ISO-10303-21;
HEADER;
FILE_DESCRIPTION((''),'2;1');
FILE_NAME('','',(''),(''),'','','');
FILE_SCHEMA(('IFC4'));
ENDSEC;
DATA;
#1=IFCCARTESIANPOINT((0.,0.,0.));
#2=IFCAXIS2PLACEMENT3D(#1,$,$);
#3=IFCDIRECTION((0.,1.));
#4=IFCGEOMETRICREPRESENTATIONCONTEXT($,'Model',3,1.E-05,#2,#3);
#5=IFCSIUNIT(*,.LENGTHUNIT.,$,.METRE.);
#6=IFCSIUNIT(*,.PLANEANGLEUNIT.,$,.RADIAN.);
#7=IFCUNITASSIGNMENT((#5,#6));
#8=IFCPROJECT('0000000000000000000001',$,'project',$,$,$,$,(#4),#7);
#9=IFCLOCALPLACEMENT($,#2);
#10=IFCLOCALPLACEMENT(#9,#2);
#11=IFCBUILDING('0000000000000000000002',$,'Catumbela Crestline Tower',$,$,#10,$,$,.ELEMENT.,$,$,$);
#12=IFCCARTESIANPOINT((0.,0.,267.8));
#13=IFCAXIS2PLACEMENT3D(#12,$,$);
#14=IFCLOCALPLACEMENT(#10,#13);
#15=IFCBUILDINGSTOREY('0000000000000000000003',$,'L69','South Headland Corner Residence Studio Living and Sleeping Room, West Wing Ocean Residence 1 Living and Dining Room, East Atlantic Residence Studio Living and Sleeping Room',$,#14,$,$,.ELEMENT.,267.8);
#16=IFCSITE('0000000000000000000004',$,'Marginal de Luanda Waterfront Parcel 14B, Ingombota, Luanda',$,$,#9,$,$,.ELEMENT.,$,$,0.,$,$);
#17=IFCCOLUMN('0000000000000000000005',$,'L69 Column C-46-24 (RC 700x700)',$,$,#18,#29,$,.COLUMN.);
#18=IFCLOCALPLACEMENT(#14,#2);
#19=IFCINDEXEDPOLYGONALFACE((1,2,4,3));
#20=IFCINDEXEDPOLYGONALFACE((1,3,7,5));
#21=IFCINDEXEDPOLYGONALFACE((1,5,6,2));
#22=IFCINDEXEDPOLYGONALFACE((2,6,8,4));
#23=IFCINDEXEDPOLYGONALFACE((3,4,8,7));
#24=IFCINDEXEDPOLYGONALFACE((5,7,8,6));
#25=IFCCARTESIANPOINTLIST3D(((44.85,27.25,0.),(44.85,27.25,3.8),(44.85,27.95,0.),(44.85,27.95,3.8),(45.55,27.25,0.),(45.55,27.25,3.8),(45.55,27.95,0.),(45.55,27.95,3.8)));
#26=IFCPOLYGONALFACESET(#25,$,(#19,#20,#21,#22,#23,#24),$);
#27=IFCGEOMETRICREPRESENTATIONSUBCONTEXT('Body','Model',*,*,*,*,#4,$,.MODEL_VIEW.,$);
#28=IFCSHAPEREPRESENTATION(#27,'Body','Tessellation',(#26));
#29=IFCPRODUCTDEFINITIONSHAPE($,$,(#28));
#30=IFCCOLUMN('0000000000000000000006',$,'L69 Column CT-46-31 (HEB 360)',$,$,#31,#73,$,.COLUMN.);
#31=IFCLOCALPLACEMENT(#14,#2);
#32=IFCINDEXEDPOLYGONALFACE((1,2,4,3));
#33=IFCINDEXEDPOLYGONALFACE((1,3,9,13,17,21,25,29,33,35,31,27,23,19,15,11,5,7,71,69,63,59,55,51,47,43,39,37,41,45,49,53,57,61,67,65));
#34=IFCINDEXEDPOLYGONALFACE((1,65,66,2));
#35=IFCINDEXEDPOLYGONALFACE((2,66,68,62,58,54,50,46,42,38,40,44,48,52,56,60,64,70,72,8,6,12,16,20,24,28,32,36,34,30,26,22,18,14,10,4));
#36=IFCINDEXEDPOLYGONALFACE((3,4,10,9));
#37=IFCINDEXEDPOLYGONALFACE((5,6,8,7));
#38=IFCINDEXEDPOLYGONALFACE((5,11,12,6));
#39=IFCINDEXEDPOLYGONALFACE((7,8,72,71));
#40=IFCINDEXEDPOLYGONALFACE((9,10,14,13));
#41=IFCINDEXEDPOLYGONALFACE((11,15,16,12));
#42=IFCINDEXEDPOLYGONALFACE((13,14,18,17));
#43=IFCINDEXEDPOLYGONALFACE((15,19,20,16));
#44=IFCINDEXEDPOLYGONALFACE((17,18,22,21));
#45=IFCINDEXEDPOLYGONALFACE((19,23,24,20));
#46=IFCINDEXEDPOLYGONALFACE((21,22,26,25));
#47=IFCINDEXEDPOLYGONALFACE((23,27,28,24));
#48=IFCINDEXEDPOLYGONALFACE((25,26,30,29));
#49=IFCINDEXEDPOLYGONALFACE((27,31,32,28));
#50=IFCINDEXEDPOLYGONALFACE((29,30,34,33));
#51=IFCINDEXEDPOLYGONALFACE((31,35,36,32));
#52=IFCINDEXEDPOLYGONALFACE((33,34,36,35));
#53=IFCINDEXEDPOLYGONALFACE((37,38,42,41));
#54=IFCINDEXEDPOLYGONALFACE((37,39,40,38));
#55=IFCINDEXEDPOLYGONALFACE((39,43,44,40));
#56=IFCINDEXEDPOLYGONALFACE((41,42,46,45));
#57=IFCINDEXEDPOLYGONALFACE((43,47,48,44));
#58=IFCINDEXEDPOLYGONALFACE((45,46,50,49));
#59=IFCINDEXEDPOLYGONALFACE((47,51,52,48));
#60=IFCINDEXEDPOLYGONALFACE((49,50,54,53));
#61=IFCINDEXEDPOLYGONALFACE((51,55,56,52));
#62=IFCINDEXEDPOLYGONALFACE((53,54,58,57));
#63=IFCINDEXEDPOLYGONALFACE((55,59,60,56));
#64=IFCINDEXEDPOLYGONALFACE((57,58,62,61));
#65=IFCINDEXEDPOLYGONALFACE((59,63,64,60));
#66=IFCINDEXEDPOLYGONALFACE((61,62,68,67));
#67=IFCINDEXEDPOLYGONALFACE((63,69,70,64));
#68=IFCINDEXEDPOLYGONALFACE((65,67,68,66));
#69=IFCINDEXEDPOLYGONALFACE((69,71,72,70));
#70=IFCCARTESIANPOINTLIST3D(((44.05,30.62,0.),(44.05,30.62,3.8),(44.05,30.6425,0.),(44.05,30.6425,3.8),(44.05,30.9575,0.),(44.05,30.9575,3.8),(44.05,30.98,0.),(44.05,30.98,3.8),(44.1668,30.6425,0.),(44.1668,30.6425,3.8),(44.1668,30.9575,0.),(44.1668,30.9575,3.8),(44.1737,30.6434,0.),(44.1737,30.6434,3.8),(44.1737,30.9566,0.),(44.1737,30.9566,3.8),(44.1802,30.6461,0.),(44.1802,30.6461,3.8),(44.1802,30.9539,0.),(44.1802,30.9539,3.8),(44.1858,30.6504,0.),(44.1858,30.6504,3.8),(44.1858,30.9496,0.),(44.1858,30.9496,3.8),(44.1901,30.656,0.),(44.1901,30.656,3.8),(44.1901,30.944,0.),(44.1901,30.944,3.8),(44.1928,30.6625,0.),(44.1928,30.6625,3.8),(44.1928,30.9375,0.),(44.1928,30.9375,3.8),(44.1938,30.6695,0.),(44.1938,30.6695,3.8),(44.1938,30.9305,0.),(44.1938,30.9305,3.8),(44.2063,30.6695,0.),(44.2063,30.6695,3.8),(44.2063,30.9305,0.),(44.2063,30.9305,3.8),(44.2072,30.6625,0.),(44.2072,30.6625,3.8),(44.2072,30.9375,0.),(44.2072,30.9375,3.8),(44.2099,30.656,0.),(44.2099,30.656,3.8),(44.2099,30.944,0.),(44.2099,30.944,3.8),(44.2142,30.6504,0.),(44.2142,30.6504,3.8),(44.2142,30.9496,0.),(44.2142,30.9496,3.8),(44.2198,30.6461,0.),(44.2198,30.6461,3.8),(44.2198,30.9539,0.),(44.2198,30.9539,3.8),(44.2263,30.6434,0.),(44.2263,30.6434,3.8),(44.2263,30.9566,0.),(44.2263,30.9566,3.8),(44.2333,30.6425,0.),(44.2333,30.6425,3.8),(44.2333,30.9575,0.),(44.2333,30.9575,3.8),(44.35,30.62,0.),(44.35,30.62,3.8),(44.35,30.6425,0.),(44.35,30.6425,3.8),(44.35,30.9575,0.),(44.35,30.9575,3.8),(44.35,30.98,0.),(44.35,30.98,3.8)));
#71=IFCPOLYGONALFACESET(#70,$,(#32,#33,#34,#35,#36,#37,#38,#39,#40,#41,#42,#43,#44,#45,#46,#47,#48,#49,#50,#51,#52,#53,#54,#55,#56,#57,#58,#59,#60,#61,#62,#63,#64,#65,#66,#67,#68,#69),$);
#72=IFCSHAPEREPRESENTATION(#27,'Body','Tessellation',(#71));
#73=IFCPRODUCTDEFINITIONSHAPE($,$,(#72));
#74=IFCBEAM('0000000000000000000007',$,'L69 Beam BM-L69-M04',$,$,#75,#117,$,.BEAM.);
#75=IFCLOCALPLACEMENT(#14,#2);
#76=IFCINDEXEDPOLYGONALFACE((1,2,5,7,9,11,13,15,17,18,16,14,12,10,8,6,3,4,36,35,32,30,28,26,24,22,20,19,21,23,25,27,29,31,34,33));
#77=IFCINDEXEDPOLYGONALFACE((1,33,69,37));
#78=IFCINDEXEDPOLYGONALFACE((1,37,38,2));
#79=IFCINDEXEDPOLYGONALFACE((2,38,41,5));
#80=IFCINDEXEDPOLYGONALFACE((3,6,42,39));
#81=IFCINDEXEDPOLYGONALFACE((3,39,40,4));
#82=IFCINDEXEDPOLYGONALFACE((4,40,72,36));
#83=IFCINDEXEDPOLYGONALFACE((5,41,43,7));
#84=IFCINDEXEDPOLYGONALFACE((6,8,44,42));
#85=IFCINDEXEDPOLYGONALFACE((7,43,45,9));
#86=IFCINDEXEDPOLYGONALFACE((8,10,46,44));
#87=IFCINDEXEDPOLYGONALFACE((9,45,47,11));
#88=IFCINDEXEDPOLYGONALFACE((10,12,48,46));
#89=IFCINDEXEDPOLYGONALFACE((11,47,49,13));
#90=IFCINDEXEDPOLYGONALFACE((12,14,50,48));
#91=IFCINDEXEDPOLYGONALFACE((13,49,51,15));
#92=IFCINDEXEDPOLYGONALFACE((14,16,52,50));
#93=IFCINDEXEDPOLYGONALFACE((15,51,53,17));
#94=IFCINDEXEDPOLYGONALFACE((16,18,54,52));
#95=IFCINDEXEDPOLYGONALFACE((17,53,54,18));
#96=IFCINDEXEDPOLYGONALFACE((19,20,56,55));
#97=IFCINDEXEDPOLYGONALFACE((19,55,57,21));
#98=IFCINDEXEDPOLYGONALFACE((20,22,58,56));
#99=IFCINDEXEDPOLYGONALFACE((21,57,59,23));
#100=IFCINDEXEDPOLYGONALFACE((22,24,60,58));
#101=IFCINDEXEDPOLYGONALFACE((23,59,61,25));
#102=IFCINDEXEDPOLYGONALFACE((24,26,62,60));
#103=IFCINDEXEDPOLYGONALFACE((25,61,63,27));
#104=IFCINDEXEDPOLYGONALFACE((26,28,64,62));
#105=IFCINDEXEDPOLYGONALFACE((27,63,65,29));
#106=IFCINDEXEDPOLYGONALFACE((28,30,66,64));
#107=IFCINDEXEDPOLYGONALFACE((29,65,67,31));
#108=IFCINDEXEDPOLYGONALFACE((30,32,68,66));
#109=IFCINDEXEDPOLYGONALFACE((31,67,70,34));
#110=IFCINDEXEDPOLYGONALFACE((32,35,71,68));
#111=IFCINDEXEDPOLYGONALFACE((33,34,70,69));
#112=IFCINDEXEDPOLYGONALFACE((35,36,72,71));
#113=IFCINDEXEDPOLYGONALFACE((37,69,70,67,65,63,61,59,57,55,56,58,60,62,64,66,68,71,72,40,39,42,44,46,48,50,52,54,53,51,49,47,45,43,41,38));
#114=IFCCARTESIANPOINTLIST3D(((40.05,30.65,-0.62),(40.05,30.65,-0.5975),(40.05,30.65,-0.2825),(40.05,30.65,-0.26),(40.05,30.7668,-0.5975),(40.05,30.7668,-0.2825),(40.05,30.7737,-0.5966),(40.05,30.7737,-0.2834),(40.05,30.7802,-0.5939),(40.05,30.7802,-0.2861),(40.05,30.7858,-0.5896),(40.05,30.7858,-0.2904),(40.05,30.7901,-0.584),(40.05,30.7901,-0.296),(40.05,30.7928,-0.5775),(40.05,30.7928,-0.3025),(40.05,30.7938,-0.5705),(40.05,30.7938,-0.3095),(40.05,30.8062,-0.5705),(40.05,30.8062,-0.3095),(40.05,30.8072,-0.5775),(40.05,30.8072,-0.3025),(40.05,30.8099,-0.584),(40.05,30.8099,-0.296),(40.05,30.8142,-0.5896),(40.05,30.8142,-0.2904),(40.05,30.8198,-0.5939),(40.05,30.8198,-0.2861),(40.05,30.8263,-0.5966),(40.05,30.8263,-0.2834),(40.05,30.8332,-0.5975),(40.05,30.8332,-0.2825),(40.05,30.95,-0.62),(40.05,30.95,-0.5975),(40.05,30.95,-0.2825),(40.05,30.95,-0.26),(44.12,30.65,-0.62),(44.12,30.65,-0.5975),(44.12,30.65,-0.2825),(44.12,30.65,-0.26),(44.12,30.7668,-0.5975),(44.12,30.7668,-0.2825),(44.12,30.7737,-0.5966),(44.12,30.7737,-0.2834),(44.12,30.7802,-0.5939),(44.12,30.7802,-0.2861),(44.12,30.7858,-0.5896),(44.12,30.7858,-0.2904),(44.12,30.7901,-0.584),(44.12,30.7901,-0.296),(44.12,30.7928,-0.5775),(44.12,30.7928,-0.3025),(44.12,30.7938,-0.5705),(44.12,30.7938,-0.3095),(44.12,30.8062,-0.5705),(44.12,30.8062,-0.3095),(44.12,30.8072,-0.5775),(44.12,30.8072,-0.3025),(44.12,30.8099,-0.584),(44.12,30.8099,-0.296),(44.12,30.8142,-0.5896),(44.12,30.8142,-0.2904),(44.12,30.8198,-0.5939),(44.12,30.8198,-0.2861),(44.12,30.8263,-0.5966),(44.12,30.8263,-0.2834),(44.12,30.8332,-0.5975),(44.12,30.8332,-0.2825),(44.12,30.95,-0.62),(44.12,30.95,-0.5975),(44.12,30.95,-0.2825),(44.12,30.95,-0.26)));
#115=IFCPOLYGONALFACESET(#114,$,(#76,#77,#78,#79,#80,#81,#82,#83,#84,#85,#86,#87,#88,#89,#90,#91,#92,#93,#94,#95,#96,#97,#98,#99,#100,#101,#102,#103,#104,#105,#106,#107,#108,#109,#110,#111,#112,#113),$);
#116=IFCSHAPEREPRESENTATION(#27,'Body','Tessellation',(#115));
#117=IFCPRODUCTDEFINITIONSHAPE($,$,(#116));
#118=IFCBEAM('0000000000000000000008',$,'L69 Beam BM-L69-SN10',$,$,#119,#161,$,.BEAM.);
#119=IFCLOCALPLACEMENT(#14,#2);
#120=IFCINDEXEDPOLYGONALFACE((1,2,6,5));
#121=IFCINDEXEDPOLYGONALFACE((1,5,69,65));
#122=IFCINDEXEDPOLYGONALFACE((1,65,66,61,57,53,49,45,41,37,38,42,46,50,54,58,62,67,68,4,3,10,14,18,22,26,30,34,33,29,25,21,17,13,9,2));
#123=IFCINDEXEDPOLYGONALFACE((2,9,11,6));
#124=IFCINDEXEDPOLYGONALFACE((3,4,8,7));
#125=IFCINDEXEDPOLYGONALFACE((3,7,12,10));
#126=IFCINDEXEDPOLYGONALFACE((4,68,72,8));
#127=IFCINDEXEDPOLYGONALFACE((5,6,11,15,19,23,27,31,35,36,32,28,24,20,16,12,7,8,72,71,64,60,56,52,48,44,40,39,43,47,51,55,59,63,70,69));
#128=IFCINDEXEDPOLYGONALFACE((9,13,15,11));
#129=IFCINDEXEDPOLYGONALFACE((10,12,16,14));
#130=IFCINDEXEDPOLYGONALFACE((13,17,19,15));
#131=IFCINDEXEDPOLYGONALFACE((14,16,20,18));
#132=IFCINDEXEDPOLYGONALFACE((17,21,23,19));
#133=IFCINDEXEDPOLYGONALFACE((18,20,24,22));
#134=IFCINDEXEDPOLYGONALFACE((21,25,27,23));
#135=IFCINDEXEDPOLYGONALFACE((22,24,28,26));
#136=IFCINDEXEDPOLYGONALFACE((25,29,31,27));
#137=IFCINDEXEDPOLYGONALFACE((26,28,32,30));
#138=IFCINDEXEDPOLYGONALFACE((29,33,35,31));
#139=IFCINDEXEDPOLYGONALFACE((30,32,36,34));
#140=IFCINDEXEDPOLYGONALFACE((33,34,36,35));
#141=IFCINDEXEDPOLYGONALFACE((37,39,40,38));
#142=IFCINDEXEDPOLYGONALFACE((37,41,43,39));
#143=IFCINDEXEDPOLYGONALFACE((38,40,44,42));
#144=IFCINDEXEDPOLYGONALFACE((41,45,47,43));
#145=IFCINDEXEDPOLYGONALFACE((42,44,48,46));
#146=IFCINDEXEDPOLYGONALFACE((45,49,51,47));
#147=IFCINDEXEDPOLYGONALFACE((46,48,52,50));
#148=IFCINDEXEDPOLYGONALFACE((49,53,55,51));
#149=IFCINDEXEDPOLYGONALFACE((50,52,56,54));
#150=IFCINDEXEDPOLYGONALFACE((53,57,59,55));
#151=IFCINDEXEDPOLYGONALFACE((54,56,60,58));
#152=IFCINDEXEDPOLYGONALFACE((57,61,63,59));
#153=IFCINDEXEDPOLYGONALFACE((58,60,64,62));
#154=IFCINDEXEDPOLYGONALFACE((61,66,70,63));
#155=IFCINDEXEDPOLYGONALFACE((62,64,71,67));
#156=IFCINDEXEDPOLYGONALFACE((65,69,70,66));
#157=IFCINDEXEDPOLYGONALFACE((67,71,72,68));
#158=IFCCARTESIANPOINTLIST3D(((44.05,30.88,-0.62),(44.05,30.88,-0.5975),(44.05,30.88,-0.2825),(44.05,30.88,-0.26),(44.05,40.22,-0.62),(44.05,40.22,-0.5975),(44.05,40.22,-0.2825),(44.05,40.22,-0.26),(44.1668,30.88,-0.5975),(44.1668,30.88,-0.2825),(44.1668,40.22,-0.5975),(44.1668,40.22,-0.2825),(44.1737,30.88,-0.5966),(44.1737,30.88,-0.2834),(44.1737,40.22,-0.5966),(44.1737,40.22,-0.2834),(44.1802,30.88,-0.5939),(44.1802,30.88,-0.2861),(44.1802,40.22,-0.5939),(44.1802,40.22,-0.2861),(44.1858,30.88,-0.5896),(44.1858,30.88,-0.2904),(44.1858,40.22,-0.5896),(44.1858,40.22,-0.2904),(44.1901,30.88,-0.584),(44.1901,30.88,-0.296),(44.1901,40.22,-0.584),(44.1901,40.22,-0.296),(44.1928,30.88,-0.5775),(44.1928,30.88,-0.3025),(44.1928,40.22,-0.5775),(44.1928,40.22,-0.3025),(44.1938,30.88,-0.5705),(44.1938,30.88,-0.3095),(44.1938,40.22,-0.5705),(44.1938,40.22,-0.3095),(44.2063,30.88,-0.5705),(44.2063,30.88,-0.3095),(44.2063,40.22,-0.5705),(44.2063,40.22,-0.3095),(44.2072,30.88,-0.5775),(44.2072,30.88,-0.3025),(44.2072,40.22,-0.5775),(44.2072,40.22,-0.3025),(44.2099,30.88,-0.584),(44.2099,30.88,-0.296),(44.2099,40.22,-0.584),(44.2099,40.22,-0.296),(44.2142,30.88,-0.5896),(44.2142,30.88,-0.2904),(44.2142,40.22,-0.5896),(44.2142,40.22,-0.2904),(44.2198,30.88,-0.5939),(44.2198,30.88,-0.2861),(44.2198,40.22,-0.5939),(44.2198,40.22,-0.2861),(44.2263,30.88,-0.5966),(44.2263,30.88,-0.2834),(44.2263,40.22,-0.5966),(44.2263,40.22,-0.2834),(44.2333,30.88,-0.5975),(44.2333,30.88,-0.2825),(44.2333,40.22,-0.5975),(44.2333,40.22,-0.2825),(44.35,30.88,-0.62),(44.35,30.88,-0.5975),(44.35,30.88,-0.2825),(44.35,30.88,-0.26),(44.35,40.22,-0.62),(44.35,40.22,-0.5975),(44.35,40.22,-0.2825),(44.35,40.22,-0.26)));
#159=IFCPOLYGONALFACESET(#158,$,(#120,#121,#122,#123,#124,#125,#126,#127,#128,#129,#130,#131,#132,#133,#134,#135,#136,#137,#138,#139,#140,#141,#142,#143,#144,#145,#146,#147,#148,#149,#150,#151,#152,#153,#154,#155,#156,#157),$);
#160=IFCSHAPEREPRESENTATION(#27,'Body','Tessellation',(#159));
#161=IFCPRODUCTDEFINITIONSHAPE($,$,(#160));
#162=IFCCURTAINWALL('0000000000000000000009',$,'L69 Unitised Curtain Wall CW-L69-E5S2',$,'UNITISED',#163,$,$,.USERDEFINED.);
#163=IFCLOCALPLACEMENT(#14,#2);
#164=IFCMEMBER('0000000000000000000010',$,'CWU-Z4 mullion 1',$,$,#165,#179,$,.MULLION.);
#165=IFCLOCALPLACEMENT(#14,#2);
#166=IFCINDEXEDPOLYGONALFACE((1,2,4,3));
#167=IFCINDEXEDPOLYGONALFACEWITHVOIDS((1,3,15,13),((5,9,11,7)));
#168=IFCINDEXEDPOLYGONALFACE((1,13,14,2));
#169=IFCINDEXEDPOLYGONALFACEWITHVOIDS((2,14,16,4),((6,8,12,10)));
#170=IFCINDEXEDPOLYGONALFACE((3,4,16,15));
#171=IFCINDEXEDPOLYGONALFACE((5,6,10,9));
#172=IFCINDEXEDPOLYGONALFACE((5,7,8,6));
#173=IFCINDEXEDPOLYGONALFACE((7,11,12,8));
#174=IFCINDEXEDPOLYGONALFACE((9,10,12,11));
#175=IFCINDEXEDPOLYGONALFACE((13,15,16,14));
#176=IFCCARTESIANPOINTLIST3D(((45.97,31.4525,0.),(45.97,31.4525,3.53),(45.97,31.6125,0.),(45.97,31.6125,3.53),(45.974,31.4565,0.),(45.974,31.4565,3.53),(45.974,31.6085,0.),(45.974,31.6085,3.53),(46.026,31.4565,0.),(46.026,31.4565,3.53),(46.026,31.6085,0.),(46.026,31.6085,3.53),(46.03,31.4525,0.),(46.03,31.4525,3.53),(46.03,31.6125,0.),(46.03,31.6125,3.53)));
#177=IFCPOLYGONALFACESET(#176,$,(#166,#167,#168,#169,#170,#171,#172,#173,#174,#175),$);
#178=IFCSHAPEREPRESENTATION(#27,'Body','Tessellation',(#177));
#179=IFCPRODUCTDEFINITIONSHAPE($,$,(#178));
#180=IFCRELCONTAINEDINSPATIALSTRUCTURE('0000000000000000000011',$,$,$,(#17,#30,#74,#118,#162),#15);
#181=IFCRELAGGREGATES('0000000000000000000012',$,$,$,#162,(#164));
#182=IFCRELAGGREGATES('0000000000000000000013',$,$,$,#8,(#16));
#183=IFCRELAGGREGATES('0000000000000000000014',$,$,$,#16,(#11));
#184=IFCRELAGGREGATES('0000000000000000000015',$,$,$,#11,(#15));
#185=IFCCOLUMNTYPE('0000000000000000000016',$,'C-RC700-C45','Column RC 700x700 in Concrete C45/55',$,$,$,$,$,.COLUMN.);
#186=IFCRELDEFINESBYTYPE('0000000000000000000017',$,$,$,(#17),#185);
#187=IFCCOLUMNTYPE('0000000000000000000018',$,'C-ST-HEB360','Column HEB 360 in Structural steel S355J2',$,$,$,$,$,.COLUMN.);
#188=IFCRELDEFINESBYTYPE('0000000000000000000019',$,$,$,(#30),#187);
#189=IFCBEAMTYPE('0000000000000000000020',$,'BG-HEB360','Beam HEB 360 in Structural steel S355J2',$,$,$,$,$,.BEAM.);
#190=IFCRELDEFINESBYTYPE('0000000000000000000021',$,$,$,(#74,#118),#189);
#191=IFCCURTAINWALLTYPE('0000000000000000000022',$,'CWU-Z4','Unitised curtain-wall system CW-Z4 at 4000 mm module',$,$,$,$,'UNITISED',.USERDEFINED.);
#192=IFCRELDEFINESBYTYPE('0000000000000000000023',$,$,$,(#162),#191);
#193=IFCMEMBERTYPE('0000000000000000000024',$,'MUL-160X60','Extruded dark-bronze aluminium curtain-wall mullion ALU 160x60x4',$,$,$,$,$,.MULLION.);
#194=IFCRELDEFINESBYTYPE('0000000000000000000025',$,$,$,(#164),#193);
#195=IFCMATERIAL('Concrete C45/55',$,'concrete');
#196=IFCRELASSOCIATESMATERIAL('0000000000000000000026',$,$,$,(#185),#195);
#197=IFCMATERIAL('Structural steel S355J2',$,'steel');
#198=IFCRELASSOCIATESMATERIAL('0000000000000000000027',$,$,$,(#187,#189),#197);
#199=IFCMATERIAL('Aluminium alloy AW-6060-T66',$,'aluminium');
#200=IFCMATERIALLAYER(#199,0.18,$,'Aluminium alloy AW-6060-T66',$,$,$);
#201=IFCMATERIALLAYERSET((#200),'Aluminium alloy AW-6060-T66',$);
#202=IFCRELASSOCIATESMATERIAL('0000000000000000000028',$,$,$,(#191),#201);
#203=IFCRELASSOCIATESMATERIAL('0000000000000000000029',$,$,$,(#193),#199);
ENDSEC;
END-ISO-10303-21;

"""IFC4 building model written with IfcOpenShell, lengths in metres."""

from ifc_helpers import new_model, si_unit, direction, frame, origin, origin_2d, place, context, subcontext, project, spatial, rectangle, hollow_rectangle, i_section, extrude, material, layer, layer_set, material_profile, profile_set, type_object, element, aggregate, save


model = new_model("IFC4")

# Units and contexts
model_context = context("Model", 3, precision=1e-05, world=origin(), true_north=direction((0.0, 1.0)))
body_context = subcontext(model_context, "Body", "Model", "MODEL_VIEW")
ifc_project = project(units=[si_unit("LENGTHUNIT", "METRE"), si_unit("PLANEANGLEUNIT", "RADIAN")], contexts=[model_context])

# Site, building, storey
site_placement = place(None, origin())
site = spatial("IfcSite", under=ifc_project, at=site_placement, Name="Marginal de Luanda Waterfront Parcel 14B, Ingombota, Luanda", CompositionType="ELEMENT", RefElevation=0.0)
building_placement = place(site_placement, origin())
building = spatial("IfcBuilding", under=site, at=building_placement, Name="Catumbela Crestline Tower", CompositionType="ELEMENT")
storey_placement = place(building_placement, frame((0.0, 0.0, 267.8)))
storey = spatial("IfcBuildingStorey", under=building, at=storey_placement, Name="L69", Description="South Headland Corner Residence Studio Living and Sleeping Room, West Wing Ocean Residence 1 Living and Dining Room, East Atlantic Residence Studio Living and Sleeping Room", CompositionType="ELEMENT", Elevation=267.8)

# Columns
ifc_material_1 = material(Name="Concrete C45/55", Category="concrete")
ifc_material_profile_1 = material_profile(ifc_material_1, rectangle(XDim=0.7, YDim=0.7, at=origin_2d()), Name="RC 700x700")
ifc_profile_set_1 = profile_set([ifc_material_profile_1], Name="Concrete C45/55")
column_type_1 = type_object("IfcColumnType", Name="C-RC700-C45", Description="Column RC 700x700 in Concrete C45/55", PredefinedType="COLUMN", material=ifc_profile_set_1)
column_1_placement = place(storey_placement, frame((45.2, 27.6, 0.0), z_axis=(0.0, 0.0, 1.0), x_axis=(1.0, 0.0, 0.0)))
element("IfcColumn", 1, at=column_1_placement, inside=storey, type_object=column_type_1, Name="L69 Column C-46-24 (RC 700x700)", PredefinedType="COLUMN", context=body_context, shape_type="SweptSolid", body=[
    extrude(rectangle(XDim=0.7, YDim=0.7, at=origin_2d()), origin(), (0.0, 0.0, 1.0), 3.8),
])
ifc_material_2 = material(Name="Structural steel S355J2", Category="steel")
ifc_material_profile_2 = material_profile(ifc_material_2, i_section(OverallWidth=0.3, OverallDepth=0.36, WebThickness=0.0125, FlangeThickness=0.0225, FilletRadius=0.027, at=origin_2d()), Name="HEB 360")
ifc_profile_set_2 = profile_set([ifc_material_profile_2], Name="Structural steel S355J2")
column_type_2 = type_object("IfcColumnType", Name="C-ST-HEB360", Description="Column HEB 360 in Structural steel S355J2", PredefinedType="COLUMN", material=ifc_profile_set_2)
column_2_placement = place(storey_placement, frame((44.2, 30.8, 0.0), z_axis=(0.0, 0.0, 1.0), x_axis=(1.0, 0.0, 0.0)))
element("IfcColumn", 2, at=column_2_placement, inside=storey, type_object=column_type_2, Name="L69 Column CT-46-31 (HEB 360)", PredefinedType="COLUMN", context=body_context, shape_type="SweptSolid", body=[
    extrude(i_section(OverallWidth=0.3, OverallDepth=0.36, WebThickness=0.0125, FlangeThickness=0.0225, FilletRadius=0.027, at=origin_2d()), origin(), (0.0, 0.0, 1.0), 3.8),
])

# Beams
ifc_material_profile_3 = material_profile(ifc_material_2, i_section(OverallWidth=0.3, OverallDepth=0.36, WebThickness=0.0125, FlangeThickness=0.0225, FilletRadius=0.027, at=origin_2d()), Name="HEB 360")
ifc_profile_set_3 = profile_set([ifc_material_profile_3], Name="Structural steel S355J2")
beam_type_1 = type_object("IfcBeamType", Name="BG-HEB360", Description="Beam HEB 360 in Structural steel S355J2", PredefinedType="BEAM", material=ifc_profile_set_3)
beam_1_placement = place(storey_placement, frame((40.05, 30.8, -0.44), z_axis=(1.0, 0.0, 0.0), x_axis=(0.0, 1.0, 0.0)))
element("IfcBeam", 3, at=beam_1_placement, inside=storey, type_object=beam_type_1, Name="L69 Beam BM-L69-M04", PredefinedType="BEAM", context=body_context, shape_type="SweptSolid", body=[
    extrude(i_section(OverallWidth=0.3, OverallDepth=0.36, WebThickness=0.0125, FlangeThickness=0.0225, FilletRadius=0.027, at=origin_2d()), origin(), (0.0, 0.0, 1.0), 4.07),
])
beam_2_placement = place(storey_placement, frame((44.2, 30.88, -0.44), z_axis=(0.0, 1.0, 0.0), x_axis=(-1.0, 0.0, 0.0)))
element("IfcBeam", 4, at=beam_2_placement, inside=storey, type_object=beam_type_1, Name="L69 Beam BM-L69-SN10", PredefinedType="BEAM", context=body_context, shape_type="SweptSolid", body=[
    extrude(i_section(OverallWidth=0.3, OverallDepth=0.36, WebThickness=0.0125, FlangeThickness=0.0225, FilletRadius=0.027, at=origin_2d()), origin(), (0.0, 0.0, 1.0), 9.34),
])

# Curtain wall, member
ifc_material_3 = material(Name="Aluminium alloy AW-6060-T66", Category="aluminium")
ifc_layer_1 = layer(ifc_material_3, 0.18, Name="Aluminium alloy AW-6060-T66")
ifc_layer_set_1 = layer_set([ifc_layer_1], Name="Aluminium alloy AW-6060-T66")
curtain_wall_type = type_object("IfcCurtainWallType", Name="CWU-Z4", Description="Unitised curtain-wall system CW-Z4 at 4000 mm module", ElementType="UNITISED", PredefinedType="USERDEFINED", material=ifc_layer_set_1)
curtain_wall_placement = place(storey_placement, origin())
curtain_wall = element("IfcCurtainWall", 5, at=curtain_wall_placement, inside=storey, type_object=curtain_wall_type, Name="L69 Unitised Curtain Wall CW-L69-E5S2", ObjectType="UNITISED", PredefinedType="USERDEFINED")
ifc_material_profile_4 = material_profile(ifc_material_3, hollow_rectangle(XDim=0.06, YDim=0.16, WallThickness=0.004, at=origin_2d()), Name="ALU 160x60x4")
ifc_profile_set_4 = profile_set([ifc_material_profile_4], Name="Aluminium alloy AW-6060-T66")
member_type_1 = type_object("IfcMemberType", Name="MUL-160X60", Description="Extruded dark-bronze aluminium curtain-wall mullion ALU 160x60x4", PredefinedType="MULLION", material=ifc_profile_set_4)
member_1_placement = place(storey_placement, frame((46.0, 31.5325, 0.0), z_axis=(0.0, 0.0, 1.0), x_axis=(-1.0, 0.0, 0.0)))
member_1 = element("IfcMember", 6, at=member_1_placement, type_object=member_type_1, Name="CWU-Z4 mullion 1", PredefinedType="MULLION", context=body_context, shape_type="SweptSolid", body=[
    extrude(hollow_rectangle(XDim=0.06, YDim=0.16, WallThickness=0.004, at=origin_2d()), origin(), (0.0, 0.0, 1.0), 3.53),
])

aggregate(curtain_wall, [member_1])

save(model, "model.ifc")
